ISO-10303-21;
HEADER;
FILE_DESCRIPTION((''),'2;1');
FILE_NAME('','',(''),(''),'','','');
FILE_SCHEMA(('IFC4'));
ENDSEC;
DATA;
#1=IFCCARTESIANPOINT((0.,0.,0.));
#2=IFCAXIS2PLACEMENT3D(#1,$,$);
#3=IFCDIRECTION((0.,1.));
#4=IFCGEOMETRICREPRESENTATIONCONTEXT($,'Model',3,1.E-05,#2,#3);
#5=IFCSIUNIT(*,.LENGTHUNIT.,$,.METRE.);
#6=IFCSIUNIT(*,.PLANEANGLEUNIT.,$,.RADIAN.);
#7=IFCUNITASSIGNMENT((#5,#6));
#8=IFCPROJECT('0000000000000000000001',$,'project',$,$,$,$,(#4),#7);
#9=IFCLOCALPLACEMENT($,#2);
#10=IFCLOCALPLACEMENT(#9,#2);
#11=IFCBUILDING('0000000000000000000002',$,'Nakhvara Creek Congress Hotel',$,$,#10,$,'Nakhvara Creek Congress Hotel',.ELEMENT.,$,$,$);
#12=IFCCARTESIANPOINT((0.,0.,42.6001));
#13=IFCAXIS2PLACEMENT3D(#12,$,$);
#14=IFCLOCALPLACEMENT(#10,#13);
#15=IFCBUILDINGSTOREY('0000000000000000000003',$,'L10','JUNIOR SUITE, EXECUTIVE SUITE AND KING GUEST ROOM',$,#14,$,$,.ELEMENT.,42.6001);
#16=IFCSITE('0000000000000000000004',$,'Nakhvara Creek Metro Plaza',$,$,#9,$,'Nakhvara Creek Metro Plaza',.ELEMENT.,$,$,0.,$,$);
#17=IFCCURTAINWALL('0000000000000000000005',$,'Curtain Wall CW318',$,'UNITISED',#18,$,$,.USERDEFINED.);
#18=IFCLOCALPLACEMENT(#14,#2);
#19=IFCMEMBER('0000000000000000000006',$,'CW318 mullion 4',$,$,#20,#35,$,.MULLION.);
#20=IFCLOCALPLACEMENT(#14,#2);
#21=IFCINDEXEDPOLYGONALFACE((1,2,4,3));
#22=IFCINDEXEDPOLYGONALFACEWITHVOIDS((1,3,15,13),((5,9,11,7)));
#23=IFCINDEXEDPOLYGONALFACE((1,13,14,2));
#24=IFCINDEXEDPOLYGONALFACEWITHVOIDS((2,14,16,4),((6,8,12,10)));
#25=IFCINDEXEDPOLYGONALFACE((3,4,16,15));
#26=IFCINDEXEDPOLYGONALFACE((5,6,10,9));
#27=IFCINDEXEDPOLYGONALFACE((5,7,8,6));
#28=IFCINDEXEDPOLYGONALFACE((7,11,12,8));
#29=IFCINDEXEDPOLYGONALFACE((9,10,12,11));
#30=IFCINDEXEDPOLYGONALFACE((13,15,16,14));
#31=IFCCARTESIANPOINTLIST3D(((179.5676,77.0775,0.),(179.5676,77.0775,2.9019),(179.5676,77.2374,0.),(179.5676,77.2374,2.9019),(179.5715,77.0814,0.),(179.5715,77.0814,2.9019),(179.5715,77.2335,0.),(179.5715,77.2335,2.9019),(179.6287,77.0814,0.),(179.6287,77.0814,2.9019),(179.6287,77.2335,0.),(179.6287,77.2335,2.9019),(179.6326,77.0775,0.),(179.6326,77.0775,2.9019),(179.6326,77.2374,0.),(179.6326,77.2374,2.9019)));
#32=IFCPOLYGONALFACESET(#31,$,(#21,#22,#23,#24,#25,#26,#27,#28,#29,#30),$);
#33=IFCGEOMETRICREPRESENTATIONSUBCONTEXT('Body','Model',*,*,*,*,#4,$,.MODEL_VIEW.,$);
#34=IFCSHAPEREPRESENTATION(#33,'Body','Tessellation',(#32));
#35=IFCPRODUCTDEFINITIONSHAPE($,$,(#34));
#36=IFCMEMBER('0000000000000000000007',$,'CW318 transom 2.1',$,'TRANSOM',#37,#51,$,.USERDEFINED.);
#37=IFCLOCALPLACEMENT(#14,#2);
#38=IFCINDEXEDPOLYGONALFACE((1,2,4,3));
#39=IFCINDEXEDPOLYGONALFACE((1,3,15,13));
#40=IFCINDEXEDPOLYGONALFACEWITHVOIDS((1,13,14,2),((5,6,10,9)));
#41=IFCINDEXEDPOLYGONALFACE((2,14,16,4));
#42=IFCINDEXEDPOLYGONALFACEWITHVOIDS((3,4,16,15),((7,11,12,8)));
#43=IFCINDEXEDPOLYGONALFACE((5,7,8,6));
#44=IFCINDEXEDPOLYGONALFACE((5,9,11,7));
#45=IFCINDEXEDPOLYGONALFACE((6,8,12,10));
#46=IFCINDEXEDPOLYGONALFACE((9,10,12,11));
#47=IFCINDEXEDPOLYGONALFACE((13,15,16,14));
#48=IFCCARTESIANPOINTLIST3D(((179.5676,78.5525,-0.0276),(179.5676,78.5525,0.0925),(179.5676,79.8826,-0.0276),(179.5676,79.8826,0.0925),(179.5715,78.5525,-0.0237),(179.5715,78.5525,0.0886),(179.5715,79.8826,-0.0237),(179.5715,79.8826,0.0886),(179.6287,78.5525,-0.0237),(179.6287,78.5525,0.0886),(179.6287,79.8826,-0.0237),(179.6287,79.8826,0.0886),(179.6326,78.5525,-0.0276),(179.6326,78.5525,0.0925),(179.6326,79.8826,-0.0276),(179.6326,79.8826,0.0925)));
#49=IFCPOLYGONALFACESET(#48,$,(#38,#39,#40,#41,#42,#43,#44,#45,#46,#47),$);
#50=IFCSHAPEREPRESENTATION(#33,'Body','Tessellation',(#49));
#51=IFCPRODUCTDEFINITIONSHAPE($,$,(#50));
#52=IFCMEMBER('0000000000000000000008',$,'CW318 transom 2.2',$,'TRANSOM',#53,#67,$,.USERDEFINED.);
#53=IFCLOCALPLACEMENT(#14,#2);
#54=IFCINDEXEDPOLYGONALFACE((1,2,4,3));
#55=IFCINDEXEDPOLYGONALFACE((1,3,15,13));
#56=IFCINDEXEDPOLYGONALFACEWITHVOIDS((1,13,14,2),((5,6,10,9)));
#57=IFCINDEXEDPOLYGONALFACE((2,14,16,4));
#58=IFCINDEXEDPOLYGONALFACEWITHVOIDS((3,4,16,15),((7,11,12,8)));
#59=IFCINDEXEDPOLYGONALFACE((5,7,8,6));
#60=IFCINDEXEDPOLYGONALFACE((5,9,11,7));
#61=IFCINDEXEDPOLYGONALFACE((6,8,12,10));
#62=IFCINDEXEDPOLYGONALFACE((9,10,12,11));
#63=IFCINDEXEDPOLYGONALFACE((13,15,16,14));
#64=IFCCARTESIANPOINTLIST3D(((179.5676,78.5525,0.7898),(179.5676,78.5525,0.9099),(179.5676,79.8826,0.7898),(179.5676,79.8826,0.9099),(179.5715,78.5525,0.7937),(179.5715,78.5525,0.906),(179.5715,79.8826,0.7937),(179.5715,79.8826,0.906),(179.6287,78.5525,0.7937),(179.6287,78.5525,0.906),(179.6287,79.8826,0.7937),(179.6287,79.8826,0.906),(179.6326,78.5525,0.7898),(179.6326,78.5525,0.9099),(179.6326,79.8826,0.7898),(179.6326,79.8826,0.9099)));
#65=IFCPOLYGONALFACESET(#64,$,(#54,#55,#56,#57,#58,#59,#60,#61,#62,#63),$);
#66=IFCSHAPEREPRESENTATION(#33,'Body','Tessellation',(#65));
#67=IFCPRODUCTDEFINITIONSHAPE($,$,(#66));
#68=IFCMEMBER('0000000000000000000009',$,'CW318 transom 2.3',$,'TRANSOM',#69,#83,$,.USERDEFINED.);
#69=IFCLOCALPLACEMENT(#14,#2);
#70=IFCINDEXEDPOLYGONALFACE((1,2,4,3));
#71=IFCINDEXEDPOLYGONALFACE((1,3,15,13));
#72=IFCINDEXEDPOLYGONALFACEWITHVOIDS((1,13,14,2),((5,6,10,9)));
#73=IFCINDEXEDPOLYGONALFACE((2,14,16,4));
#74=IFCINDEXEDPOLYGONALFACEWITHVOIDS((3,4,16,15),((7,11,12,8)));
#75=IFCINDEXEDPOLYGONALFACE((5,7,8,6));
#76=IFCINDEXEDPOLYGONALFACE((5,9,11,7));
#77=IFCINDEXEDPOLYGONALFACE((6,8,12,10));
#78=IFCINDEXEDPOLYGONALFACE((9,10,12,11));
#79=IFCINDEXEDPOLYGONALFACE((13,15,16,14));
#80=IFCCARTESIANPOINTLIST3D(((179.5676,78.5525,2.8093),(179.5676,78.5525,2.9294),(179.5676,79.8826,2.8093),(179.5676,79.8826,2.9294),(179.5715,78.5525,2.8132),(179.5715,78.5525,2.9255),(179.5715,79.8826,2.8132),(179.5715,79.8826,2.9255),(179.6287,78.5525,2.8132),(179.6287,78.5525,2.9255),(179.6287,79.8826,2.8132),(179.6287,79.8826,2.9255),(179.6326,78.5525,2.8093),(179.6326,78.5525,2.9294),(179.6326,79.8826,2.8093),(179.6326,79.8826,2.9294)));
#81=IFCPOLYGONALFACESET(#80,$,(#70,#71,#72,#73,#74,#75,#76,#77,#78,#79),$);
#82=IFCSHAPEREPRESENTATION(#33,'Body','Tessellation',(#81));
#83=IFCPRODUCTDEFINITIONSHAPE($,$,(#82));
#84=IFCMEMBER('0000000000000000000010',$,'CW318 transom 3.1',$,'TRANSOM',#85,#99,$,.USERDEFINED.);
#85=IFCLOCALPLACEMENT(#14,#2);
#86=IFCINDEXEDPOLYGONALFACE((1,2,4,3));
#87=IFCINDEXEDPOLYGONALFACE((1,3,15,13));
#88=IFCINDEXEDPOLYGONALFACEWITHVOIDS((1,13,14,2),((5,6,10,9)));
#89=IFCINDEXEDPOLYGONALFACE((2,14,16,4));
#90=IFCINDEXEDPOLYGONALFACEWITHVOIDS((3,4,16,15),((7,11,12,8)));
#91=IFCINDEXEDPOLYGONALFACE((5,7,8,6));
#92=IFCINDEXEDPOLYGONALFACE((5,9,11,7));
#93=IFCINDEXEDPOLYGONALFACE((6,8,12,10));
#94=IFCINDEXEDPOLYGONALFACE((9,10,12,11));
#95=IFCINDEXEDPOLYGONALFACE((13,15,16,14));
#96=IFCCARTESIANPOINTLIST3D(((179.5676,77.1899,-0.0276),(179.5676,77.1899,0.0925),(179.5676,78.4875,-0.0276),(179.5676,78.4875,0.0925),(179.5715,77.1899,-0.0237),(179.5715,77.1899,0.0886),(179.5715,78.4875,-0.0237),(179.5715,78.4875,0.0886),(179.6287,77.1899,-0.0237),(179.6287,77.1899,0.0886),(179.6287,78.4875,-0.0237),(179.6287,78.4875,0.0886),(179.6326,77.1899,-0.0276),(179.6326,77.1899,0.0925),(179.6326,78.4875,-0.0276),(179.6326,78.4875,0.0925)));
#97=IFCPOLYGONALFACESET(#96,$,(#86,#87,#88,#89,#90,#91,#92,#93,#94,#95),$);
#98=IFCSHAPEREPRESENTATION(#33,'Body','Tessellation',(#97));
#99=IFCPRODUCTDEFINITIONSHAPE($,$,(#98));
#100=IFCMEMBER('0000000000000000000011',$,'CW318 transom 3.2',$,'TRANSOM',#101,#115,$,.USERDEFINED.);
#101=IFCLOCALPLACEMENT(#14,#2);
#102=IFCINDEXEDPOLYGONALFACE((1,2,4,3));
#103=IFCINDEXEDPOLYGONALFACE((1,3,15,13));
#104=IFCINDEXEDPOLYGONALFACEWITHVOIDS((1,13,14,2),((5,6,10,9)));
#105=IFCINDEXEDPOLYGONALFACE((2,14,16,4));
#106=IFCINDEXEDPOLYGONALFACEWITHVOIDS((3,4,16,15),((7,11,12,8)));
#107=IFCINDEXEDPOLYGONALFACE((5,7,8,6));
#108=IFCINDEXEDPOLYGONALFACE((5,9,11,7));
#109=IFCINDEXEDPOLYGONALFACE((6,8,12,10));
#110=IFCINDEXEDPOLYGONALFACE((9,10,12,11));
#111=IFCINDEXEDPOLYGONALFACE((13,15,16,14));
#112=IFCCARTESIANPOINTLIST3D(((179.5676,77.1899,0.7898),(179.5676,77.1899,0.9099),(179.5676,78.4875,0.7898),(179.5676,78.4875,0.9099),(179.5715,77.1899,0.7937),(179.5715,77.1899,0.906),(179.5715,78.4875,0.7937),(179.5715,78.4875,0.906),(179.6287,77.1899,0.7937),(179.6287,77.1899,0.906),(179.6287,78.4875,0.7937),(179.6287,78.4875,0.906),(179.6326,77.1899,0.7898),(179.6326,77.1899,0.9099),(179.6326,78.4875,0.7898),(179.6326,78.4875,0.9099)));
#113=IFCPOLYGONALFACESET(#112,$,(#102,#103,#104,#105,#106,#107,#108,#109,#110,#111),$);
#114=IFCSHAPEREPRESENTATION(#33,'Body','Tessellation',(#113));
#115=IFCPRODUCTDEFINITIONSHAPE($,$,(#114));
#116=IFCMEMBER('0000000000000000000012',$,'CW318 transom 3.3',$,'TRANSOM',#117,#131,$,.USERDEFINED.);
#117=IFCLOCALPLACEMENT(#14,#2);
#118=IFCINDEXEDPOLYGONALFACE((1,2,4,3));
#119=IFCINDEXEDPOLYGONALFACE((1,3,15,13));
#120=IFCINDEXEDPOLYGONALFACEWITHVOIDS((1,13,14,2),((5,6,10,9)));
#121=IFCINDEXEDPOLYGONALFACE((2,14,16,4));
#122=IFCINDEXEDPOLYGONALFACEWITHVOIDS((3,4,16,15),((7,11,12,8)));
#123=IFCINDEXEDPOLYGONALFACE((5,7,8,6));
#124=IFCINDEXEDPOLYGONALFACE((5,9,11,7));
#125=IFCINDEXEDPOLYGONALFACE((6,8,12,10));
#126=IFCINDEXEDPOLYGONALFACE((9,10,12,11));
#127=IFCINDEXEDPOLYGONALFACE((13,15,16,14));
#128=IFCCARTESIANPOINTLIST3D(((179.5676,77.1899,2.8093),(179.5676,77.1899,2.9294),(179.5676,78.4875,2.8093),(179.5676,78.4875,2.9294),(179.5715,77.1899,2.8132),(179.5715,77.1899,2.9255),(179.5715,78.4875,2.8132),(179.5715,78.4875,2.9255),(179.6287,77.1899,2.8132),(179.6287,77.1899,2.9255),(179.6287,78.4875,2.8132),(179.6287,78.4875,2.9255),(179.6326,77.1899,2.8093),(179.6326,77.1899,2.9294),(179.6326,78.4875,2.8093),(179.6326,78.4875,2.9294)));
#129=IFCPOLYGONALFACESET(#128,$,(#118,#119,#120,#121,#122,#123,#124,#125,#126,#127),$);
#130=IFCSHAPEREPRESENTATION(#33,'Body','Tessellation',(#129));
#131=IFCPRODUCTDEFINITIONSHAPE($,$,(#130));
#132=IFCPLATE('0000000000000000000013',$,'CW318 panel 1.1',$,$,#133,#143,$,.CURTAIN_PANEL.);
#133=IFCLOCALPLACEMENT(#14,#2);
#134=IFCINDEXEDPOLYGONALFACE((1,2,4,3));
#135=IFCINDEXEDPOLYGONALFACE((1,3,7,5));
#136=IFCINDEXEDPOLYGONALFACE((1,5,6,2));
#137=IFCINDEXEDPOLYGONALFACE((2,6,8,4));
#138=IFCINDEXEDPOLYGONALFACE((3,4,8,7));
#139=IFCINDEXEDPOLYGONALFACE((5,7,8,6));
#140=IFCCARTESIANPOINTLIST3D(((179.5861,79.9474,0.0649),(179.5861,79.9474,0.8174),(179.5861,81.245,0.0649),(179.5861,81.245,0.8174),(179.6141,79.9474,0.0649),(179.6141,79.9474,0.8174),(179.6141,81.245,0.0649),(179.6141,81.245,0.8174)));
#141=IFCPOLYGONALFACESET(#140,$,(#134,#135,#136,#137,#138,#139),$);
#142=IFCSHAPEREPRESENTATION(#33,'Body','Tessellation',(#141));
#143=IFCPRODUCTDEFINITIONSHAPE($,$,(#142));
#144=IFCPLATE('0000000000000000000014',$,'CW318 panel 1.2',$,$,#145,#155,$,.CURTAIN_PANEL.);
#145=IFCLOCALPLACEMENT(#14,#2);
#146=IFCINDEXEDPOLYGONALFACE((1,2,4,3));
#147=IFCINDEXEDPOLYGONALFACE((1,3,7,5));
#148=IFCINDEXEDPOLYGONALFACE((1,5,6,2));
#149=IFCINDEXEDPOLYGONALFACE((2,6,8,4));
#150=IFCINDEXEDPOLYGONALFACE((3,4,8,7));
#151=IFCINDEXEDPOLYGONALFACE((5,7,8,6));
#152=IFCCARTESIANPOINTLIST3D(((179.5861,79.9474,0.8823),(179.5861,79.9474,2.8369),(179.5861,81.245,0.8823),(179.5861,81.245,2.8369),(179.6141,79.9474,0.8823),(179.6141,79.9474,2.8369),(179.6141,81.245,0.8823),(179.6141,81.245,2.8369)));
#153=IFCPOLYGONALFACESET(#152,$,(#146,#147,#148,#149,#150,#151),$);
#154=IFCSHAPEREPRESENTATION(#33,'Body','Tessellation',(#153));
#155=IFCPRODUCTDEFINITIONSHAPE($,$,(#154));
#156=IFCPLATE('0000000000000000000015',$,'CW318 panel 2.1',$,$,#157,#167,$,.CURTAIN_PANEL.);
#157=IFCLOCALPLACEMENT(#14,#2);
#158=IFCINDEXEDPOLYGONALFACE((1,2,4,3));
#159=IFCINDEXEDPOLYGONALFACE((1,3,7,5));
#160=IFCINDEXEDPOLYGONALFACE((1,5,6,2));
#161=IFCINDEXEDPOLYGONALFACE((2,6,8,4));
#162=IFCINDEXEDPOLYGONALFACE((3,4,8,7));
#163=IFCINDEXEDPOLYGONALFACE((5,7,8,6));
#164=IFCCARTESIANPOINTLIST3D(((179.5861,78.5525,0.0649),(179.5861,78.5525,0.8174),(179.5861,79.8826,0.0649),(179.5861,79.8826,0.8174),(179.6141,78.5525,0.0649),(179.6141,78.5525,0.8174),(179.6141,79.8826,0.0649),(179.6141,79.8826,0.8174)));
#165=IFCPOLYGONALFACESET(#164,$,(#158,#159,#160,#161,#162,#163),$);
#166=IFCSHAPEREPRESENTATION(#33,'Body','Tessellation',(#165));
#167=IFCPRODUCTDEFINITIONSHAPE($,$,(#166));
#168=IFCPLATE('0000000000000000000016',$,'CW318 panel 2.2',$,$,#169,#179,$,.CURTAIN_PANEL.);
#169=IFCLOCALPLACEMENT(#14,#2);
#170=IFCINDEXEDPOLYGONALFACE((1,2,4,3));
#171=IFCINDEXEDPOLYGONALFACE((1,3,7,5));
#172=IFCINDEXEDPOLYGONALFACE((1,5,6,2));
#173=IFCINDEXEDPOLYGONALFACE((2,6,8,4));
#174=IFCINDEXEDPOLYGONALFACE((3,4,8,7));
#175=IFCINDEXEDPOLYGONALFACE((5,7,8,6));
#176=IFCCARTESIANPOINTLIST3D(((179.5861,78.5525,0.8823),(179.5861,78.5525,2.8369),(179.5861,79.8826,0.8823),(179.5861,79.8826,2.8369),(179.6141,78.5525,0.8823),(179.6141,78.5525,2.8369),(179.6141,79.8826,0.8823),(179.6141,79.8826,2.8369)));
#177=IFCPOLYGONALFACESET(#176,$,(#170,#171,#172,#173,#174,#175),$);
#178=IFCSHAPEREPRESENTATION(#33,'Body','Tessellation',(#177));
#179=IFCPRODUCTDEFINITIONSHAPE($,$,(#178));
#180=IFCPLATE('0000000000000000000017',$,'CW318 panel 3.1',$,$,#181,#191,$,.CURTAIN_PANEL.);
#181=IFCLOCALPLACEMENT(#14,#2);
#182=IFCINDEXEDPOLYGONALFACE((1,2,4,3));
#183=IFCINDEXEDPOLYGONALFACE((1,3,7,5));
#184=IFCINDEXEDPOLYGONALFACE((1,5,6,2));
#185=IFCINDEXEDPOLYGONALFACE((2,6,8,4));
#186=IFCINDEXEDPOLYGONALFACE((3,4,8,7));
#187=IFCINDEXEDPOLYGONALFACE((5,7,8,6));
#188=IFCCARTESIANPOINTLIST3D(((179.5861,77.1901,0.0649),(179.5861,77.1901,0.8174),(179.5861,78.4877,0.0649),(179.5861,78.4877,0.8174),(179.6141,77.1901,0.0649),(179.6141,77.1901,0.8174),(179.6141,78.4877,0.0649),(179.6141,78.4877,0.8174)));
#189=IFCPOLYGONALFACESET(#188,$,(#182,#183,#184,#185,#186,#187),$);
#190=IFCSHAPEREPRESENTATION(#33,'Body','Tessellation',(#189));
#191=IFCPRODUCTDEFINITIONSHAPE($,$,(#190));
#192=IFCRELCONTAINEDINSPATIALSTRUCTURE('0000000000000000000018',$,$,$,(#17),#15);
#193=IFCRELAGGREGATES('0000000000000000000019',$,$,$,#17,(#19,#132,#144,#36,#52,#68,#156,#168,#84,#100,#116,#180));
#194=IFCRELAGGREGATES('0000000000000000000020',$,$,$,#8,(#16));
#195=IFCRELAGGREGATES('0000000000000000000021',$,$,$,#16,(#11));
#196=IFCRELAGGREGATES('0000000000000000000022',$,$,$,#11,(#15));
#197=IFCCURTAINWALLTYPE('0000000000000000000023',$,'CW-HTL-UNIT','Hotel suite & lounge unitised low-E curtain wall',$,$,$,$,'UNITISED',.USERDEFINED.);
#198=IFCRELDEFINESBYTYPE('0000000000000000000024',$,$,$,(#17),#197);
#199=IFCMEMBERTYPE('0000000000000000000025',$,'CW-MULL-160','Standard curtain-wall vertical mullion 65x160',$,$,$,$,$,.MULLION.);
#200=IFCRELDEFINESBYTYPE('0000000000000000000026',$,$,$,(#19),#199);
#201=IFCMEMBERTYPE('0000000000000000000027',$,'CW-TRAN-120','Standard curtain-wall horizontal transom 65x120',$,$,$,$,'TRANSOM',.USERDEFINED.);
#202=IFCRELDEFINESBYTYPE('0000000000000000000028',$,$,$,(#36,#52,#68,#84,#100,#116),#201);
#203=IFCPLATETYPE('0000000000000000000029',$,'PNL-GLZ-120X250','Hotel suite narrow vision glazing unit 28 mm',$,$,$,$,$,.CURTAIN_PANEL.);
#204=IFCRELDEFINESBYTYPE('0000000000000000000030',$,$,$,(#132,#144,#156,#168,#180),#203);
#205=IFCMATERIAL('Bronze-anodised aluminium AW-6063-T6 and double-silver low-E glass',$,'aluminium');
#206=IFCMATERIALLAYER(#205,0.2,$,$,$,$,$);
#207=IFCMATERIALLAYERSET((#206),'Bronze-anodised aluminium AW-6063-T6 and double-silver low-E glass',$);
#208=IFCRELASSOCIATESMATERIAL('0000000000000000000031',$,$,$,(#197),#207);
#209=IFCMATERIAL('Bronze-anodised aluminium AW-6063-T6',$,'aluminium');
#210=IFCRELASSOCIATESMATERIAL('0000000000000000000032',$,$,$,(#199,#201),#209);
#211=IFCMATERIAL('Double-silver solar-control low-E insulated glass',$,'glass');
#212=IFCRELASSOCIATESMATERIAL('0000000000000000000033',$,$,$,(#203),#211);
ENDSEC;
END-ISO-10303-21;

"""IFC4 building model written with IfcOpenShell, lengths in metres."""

from ifc_helpers import new_model, si_unit, direction, frame, origin, origin_2d, place, context, subcontext, project, spatial, rectangle, hollow_rectangle, extrude, material, layer, layer_set, material_profile, profile_set, type_object, element, aggregate, save


model = new_model("IFC4")

# Units and contexts
model_context = context("Model", 3, precision=1e-05, world=origin(), true_north=direction((0.0, 1.0)))
body_context = subcontext(model_context, "Body", "Model", "MODEL_VIEW")
ifc_project = project(units=[si_unit("LENGTHUNIT", "METRE"), si_unit("PLANEANGLEUNIT", "RADIAN")], contexts=[model_context])

# Site, building, storey
site_placement = place(None, origin())
site = spatial("IfcSite", under=ifc_project, at=site_placement, Name="Nakhvara Creek Metro Plaza", LongName="Nakhvara Creek Metro Plaza", CompositionType="ELEMENT", RefElevation=0.0)
building_placement = place(site_placement, origin())
building = spatial("IfcBuilding", under=site, at=building_placement, Name="Nakhvara Creek Congress Hotel", LongName="Nakhvara Creek Congress Hotel", CompositionType="ELEMENT")
storey_placement = place(building_placement, frame((0.0, 0.0, 42.6001)))
storey = spatial("IfcBuildingStorey", under=building, at=storey_placement, Name="L10", Description="JUNIOR SUITE, EXECUTIVE SUITE AND KING GUEST ROOM", CompositionType="ELEMENT", Elevation=42.6001)

# Curtain wall, members, plates
ifc_material_1 = material(Name="Bronze-anodised aluminium AW-6063-T6 and double-silver low-E glass", Category="aluminium")
ifc_layer_1 = layer(ifc_material_1, 0.2)
ifc_layer_set_1 = layer_set([ifc_layer_1], Name="Bronze-anodised aluminium AW-6063-T6 and double-silver low-E glass")
curtain_wall_type = type_object("IfcCurtainWallType", Name="CW-HTL-UNIT", Description="Hotel suite & lounge unitised low-E curtain wall", ElementType="UNITISED", PredefinedType="USERDEFINED", material=ifc_layer_set_1)
curtain_wall_placement = place(storey_placement, origin())
curtain_wall = element("IfcCurtainWall", 1, at=curtain_wall_placement, inside=storey, type_object=curtain_wall_type, Name="Curtain Wall CW318", ObjectType="UNITISED", PredefinedType="USERDEFINED")
ifc_material_2 = material(Name="Bronze-anodised aluminium AW-6063-T6", Category="aluminium")
ifc_material_profile_1 = material_profile(ifc_material_2, hollow_rectangle(XDim=0.0649, YDim=0.1599, WallThickness=0.0039, at=origin_2d()), Name="ALU-MULL 65x160x4", Category="LoadBearing")
ifc_profile_set_1 = profile_set([ifc_material_profile_1], Name="Bronze-anodised aluminium AW-6063-T6")
member_type_1 = type_object("IfcMemberType", Name="CW-MULL-160", Description="Standard curtain-wall vertical mullion 65x160", PredefinedType="MULLION", material=ifc_profile_set_1)
member_1_placement = place(storey_placement, frame((179.6001, 77.1575, 0.0), z_axis=(0.0, 0.0, 1.0), x_axis=(1.0, 0.0, 0.0)))
member_1 = element("IfcMember", 2, at=member_1_placement, type_object=member_type_1, Name="CW318 mullion 4", PredefinedType="MULLION", context=body_context, shape_type="SweptSolid", body=[
    extrude(hollow_rectangle(XDim=0.0649, YDim=0.1599, WallThickness=0.0039, at=origin_2d()), origin(), (0.0, 0.0, 1.0), 2.9019),
])
ifc_material_profile_2 = material_profile(ifc_material_2, hollow_rectangle(XDim=0.0649, YDim=0.1201, WallThickness=0.0039, at=origin_2d()), Name="ALU-TRAN 65x120x4", Category="LoadBearing")
ifc_profile_set_2 = profile_set([ifc_material_profile_2], Name="Bronze-anodised aluminium AW-6063-T6")
member_type_2 = type_object("IfcMemberType", Name="CW-TRAN-120", Description="Standard curtain-wall horizontal transom 65x120", ElementType="TRANSOM", PredefinedType="USERDEFINED", material=ifc_profile_set_2)
member_2_placement = place(storey_placement, frame((179.6001, 79.8826, 0.0325), z_axis=(0.0, -1.0, 0.0), x_axis=(1.0, 0.0, 0.0)))
member_2 = element("IfcMember", 3, at=member_2_placement, type_object=member_type_2, Name="CW318 transom 2.1", ObjectType="TRANSOM", PredefinedType="USERDEFINED", context=body_context, shape_type="SweptSolid", body=[
    extrude(hollow_rectangle(XDim=0.0649, YDim=0.1201, WallThickness=0.0039, at=origin_2d()), origin(), (0.0, 0.0, 1.0), 1.3301),
])
member_3_placement = place(storey_placement, frame((179.6001, 79.8826, 0.8499), z_axis=(0.0, -1.0, 0.0), x_axis=(1.0, 0.0, 0.0)))
member_3 = element("IfcMember", 4, at=member_3_placement, type_object=member_type_2, Name="CW318 transom 2.2", ObjectType="TRANSOM", PredefinedType="USERDEFINED", context=body_context, shape_type="SweptSolid", body=[
    extrude(hollow_rectangle(XDim=0.0649, YDim=0.1201, WallThickness=0.0039, at=origin_2d()), origin(), (0.0, 0.0, 1.0), 1.3301),
])
member_4_placement = place(storey_placement, frame((179.6001, 79.8826, 2.8694), z_axis=(0.0, -1.0, 0.0), x_axis=(1.0, 0.0, 0.0)))
member_4 = element("IfcMember", 5, at=member_4_placement, type_object=member_type_2, Name="CW318 transom 2.3", ObjectType="TRANSOM", PredefinedType="USERDEFINED", context=body_context, shape_type="SweptSolid", body=[
    extrude(hollow_rectangle(XDim=0.0649, YDim=0.1201, WallThickness=0.0039, at=origin_2d()), origin(), (0.0, 0.0, 1.0), 1.3301),
])
member_5_placement = place(storey_placement, frame((179.6001, 78.4875, 0.0325), z_axis=(0.0, -1.0, 0.0), x_axis=(1.0, 0.0, 0.0)))
member_5 = element("IfcMember", 6, at=member_5_placement, type_object=member_type_2, Name="CW318 transom 3.1", ObjectType="TRANSOM", PredefinedType="USERDEFINED", context=body_context, shape_type="SweptSolid", body=[
    extrude(hollow_rectangle(XDim=0.0649, YDim=0.1201, WallThickness=0.0039, at=origin_2d()), origin(), (0.0, 0.0, 1.0), 1.2976),
])
member_6_placement = place(storey_placement, frame((179.6001, 78.4875, 0.8499), z_axis=(0.0, -1.0, 0.0), x_axis=(1.0, 0.0, 0.0)))
member_6 = element("IfcMember", 7, at=member_6_placement, type_object=member_type_2, Name="CW318 transom 3.2", ObjectType="TRANSOM", PredefinedType="USERDEFINED", context=body_context, shape_type="SweptSolid", body=[
    extrude(hollow_rectangle(XDim=0.0649, YDim=0.1201, WallThickness=0.0039, at=origin_2d()), origin(), (0.0, 0.0, 1.0), 1.2976),
])
member_7_placement = place(storey_placement, frame((179.6001, 78.4875, 2.8694), z_axis=(0.0, -1.0, 0.0), x_axis=(1.0, 0.0, 0.0)))
member_7 = element("IfcMember", 8, at=member_7_placement, type_object=member_type_2, Name="CW318 transom 3.3", ObjectType="TRANSOM", PredefinedType="USERDEFINED", context=body_context, shape_type="SweptSolid", body=[
    extrude(hollow_rectangle(XDim=0.0649, YDim=0.1201, WallThickness=0.0039, at=origin_2d()), origin(), (0.0, 0.0, 1.0), 1.2976),
])
ifc_material_3 = material(Name="Double-silver solar-control low-E insulated glass", Category="glass")
plate_type = type_object("IfcPlateType", Name="PNL-GLZ-120X250", Description="Hotel suite narrow vision glazing unit 28 mm", PredefinedType="CURTAIN_PANEL", material=ifc_material_3)
plate_1_placement = place(storey_placement, frame((179.6001, 80.5962, 0.0649), z_axis=(0.0, 0.0, 1.0), x_axis=(0.0, -1.0, 0.0)))
plate_1 = element("IfcPlate", 9, at=plate_1_placement, type_object=plate_type, Name="CW318 panel 1.1", PredefinedType="CURTAIN_PANEL", context=body_context, shape_type="SweptSolid", body=[
    extrude(rectangle(XDim=1.2976, YDim=0.0281, at=origin_2d()), origin(), (0.0, 0.0, 1.0), 0.7524),
])
plate_2_placement = place(storey_placement, frame((179.6001, 80.5962, 0.8823), z_axis=(0.0, 0.0, 1.0), x_axis=(0.0, -1.0, 0.0)))
plate_2 = element("IfcPlate", 10, at=plate_2_placement, type_object=plate_type, Name="CW318 panel 1.2", PredefinedType="CURTAIN_PANEL", context=body_context, shape_type="SweptSolid", body=[
    extrude(rectangle(XDim=1.2976, YDim=0.0281, at=origin_2d()), origin(), (0.0, 0.0, 1.0), 1.9546),
])
plate_3_placement = place(storey_placement, frame((179.6001, 79.2175, 0.0649), z_axis=(0.0, 0.0, 1.0), x_axis=(0.0, -1.0, 0.0)))
plate_3 = element("IfcPlate", 11, at=plate_3_placement, type_object=plate_type, Name="CW318 panel 2.1", PredefinedType="CURTAIN_PANEL", context=body_context, shape_type="SweptSolid", body=[
    extrude(rectangle(XDim=1.3301, YDim=0.0281, at=origin_2d()), origin(), (0.0, 0.0, 1.0), 0.7524),
])
plate_4_placement = place(storey_placement, frame((179.6001, 79.2175, 0.8823), z_axis=(0.0, 0.0, 1.0), x_axis=(0.0, -1.0, 0.0)))
plate_4 = element("IfcPlate", 12, at=plate_4_placement, type_object=plate_type, Name="CW318 panel 2.2", PredefinedType="CURTAIN_PANEL", context=body_context, shape_type="SweptSolid", body=[
    extrude(rectangle(XDim=1.3301, YDim=0.0281, at=origin_2d()), origin(), (0.0, 0.0, 1.0), 1.9546),
])
plate_5_placement = place(storey_placement, frame((179.6001, 77.8389, 0.0649), z_axis=(0.0, 0.0, 1.0), x_axis=(0.0, -1.0, 0.0)))
plate_5 = element("IfcPlate", 13, at=plate_5_placement, type_object=plate_type, Name="CW318 panel 3.1", PredefinedType="CURTAIN_PANEL", context=body_context, shape_type="SweptSolid", body=[
    extrude(rectangle(XDim=1.2976, YDim=0.0281, at=origin_2d()), origin(), (0.0, 0.0, 1.0), 0.7524),
])
aggregate(curtain_wall, [member_1, plate_1, plate_2, member_2, member_3, member_4, plate_3, plate_4, member_5, member_6, member_7, plate_5])

save(model, "model.ifc")
